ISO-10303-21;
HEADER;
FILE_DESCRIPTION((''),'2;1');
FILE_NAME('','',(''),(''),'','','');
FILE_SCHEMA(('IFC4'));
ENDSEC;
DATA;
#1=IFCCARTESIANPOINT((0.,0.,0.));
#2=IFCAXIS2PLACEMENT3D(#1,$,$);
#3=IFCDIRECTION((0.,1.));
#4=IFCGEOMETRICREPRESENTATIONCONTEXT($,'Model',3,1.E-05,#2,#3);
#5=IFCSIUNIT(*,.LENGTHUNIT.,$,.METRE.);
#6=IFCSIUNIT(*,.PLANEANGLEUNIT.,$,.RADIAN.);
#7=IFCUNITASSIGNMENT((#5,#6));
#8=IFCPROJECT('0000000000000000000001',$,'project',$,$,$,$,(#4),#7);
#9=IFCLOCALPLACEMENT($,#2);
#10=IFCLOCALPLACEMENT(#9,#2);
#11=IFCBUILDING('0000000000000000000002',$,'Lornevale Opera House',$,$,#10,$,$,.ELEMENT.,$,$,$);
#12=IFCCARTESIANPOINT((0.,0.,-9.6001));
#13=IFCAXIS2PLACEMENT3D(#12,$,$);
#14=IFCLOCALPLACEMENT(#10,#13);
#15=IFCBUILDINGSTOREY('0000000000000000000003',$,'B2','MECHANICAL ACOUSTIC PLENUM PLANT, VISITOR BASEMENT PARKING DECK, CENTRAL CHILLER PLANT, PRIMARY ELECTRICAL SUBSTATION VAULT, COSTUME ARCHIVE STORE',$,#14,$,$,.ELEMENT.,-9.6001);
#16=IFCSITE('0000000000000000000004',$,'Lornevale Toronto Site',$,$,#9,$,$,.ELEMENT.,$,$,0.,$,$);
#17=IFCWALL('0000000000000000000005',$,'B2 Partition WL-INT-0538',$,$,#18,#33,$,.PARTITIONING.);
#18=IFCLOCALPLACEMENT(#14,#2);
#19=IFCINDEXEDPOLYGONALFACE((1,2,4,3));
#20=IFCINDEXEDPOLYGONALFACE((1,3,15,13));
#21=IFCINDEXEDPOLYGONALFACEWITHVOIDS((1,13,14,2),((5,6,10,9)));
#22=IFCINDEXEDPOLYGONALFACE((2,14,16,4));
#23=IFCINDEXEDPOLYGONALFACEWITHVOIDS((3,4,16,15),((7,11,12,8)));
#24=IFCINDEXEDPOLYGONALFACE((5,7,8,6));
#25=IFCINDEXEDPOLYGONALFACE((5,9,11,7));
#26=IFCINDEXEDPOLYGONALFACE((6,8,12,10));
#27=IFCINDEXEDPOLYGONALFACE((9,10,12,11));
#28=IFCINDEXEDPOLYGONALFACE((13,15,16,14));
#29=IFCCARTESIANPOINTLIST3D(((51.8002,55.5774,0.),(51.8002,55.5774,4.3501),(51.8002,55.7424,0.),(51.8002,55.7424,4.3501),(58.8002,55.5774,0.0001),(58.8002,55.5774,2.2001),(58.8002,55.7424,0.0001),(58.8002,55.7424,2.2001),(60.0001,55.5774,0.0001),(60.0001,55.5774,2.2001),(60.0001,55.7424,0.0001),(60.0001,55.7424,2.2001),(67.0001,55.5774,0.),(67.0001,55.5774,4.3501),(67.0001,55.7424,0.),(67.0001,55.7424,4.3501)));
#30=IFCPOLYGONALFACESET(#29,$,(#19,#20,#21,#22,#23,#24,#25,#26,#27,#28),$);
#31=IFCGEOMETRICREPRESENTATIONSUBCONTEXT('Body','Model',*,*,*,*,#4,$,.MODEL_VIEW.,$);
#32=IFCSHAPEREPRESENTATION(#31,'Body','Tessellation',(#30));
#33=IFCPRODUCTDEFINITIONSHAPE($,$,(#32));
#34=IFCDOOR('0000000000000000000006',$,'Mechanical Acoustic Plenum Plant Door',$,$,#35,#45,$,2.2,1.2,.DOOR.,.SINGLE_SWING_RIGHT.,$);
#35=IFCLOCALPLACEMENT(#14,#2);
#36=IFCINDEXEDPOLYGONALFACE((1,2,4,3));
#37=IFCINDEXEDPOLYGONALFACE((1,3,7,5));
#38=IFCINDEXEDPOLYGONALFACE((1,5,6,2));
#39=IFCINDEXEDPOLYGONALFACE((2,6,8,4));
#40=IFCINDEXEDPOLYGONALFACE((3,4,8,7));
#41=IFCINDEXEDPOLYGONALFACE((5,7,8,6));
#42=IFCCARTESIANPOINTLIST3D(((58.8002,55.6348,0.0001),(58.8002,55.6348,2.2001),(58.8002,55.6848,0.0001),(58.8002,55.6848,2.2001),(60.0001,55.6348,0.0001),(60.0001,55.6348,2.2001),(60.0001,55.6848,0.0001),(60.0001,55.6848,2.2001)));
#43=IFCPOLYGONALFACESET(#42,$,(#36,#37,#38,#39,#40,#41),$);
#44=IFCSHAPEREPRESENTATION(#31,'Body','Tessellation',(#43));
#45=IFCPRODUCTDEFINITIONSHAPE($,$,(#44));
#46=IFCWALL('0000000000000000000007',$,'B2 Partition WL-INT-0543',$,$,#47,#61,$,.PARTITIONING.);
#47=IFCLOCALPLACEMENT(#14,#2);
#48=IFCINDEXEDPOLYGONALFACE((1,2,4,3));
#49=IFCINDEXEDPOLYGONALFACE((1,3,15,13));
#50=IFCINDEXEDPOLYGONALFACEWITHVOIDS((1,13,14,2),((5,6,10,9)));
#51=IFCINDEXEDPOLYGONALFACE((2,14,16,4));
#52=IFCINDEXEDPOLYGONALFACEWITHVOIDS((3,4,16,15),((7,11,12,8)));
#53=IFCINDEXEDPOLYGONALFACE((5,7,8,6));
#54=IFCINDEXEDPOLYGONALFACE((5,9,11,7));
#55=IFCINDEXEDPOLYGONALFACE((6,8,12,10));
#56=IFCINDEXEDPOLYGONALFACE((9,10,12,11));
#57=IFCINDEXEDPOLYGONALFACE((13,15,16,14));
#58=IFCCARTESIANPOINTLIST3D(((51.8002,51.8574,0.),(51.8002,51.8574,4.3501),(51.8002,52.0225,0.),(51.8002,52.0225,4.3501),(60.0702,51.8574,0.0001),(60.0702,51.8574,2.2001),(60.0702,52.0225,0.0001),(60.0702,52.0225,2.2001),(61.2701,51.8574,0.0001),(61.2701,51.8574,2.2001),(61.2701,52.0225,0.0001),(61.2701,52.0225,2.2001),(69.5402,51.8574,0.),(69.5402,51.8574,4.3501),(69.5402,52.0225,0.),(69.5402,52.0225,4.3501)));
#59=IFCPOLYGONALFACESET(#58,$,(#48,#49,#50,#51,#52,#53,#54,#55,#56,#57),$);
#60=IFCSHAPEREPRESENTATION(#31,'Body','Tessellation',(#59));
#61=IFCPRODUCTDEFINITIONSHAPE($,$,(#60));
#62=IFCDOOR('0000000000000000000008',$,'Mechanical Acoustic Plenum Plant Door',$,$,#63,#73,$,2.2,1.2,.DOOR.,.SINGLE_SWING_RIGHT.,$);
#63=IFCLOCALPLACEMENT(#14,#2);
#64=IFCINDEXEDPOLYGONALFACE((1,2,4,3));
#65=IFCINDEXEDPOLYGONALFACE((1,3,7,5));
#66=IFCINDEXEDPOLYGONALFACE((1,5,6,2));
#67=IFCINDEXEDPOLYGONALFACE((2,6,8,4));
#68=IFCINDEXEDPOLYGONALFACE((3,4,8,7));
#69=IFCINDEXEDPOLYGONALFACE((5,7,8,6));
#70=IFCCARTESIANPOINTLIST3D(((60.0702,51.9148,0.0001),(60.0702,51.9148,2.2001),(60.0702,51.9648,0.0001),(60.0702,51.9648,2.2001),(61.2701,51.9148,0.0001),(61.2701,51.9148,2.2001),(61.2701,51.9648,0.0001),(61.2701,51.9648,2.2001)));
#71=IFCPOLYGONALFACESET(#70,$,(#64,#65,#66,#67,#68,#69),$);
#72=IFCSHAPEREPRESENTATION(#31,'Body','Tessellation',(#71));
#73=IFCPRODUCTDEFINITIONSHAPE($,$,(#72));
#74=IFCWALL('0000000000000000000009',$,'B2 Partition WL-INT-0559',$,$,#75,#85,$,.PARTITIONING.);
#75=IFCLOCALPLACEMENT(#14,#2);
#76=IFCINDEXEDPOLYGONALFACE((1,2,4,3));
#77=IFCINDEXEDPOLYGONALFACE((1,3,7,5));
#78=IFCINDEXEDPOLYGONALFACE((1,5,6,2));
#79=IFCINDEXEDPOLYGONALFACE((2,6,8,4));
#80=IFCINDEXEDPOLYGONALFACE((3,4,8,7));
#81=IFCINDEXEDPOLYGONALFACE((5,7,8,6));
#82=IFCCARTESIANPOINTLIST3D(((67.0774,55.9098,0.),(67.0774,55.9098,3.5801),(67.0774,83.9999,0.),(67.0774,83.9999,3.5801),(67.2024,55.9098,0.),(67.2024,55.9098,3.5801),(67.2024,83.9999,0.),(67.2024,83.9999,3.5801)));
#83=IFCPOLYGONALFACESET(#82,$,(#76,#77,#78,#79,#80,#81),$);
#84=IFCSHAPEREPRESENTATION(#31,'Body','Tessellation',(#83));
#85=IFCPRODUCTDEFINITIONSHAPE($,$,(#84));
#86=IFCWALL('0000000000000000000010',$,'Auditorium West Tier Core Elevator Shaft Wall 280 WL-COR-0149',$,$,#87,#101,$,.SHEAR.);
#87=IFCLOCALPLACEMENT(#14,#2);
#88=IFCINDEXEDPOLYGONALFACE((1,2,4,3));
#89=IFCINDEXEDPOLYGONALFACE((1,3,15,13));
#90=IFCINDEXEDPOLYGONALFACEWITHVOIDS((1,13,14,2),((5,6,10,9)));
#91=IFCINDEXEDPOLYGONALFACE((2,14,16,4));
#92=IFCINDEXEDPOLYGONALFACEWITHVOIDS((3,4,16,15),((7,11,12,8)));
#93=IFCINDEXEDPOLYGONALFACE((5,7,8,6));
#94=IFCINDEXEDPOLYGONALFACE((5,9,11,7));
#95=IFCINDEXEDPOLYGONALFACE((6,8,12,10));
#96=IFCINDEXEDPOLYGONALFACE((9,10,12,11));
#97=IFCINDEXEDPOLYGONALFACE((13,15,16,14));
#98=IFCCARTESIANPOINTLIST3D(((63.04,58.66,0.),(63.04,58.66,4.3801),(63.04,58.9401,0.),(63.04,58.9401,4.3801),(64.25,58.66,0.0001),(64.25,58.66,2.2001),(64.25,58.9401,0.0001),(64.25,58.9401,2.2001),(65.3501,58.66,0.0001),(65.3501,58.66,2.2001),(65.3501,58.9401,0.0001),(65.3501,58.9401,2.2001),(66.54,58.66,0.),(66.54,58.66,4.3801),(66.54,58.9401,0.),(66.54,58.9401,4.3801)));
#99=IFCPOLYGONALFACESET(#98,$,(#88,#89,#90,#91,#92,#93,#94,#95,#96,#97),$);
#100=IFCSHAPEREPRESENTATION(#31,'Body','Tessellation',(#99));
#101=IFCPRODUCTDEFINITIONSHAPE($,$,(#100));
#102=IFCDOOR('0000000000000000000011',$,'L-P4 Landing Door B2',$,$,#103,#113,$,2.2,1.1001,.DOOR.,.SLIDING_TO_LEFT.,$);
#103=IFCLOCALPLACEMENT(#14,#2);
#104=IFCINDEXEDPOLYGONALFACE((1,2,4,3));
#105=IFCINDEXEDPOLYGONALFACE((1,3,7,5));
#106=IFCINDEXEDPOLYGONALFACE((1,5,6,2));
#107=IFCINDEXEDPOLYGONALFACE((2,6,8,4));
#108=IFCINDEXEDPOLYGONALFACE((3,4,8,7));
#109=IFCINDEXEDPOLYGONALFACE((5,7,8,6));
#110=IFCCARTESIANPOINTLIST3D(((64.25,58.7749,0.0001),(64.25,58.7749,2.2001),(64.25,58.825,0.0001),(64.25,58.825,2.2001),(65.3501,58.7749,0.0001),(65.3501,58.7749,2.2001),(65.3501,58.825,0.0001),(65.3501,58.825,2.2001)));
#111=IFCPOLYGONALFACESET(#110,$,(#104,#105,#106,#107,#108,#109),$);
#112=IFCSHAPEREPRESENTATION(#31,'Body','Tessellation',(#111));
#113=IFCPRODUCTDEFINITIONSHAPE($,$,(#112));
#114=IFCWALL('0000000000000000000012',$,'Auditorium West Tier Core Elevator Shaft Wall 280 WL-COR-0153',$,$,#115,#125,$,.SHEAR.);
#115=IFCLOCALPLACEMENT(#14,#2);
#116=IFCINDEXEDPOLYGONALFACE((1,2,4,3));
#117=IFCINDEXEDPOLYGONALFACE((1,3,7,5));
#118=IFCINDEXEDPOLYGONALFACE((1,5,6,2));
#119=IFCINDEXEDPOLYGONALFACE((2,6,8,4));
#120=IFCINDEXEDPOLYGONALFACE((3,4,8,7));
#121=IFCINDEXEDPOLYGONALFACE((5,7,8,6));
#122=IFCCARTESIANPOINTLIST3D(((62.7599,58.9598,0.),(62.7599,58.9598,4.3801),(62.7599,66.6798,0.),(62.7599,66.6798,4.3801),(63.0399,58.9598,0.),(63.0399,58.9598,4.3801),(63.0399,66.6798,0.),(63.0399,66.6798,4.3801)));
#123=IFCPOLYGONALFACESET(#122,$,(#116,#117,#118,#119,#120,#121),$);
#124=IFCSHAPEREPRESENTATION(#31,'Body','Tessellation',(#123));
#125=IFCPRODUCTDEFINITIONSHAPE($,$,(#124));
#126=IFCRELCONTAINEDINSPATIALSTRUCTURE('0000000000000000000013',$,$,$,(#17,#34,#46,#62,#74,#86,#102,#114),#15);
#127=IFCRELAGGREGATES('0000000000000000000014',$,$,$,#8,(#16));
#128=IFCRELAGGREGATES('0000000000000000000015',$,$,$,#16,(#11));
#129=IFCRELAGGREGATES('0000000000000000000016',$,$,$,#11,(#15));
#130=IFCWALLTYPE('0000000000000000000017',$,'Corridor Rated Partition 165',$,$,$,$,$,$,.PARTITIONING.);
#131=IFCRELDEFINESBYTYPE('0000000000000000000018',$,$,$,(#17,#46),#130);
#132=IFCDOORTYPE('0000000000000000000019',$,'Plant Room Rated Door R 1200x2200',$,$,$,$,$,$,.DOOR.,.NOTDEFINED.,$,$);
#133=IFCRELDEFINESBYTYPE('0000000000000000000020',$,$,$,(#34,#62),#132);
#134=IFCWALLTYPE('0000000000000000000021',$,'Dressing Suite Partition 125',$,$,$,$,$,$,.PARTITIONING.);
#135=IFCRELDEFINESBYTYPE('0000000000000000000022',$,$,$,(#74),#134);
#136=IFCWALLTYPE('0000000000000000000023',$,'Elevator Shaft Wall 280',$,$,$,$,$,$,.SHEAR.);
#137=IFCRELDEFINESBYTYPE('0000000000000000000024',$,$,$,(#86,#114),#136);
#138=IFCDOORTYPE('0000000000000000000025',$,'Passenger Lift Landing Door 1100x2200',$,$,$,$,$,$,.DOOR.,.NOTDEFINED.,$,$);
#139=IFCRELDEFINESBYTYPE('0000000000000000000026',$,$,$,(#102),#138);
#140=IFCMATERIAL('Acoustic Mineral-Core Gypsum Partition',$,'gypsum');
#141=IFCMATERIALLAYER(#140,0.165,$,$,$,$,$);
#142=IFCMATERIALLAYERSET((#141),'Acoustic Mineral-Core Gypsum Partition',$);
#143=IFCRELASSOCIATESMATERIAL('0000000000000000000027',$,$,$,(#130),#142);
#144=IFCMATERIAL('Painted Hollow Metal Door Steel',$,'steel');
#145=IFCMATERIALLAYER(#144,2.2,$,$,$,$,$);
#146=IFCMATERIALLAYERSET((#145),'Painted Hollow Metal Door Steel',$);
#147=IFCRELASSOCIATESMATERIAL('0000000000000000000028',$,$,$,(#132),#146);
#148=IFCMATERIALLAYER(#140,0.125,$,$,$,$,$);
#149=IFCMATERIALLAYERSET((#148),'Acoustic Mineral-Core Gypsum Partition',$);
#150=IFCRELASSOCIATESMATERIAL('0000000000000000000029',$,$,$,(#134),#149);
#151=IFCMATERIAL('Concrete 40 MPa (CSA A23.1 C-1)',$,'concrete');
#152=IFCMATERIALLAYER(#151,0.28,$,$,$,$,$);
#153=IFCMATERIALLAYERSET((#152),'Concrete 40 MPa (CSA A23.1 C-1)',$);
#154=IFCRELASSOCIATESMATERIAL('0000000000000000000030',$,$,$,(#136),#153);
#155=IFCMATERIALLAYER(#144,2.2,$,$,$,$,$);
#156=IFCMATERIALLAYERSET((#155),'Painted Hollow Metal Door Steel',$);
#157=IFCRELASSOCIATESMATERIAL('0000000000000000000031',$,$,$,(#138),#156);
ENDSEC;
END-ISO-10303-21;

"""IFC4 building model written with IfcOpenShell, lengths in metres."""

from ifc_helpers import new_model, si_unit, direction, frame, frame_2d, origin, place, context, subcontext, project, spatial, rectangle, extrude, material, layer, layer_set, type_object, element, fill, save


model = new_model("IFC4")

# Units and contexts
model_context = context("Model", 3, precision=1e-05, world=origin(), true_north=direction((0.0, 1.0)))
body_context = subcontext(model_context, "Body", "Model", "MODEL_VIEW")
ifc_project = project(units=[si_unit("LENGTHUNIT", "METRE"), si_unit("PLANEANGLEUNIT", "RADIAN")], contexts=[model_context])

# Site, building, storey
site_placement = place(None, origin())
site = spatial("IfcSite", under=ifc_project, at=site_placement, Name="Lornevale Toronto Site", CompositionType="ELEMENT", RefElevation=0.0)
building_placement = place(site_placement, origin())
building = spatial("IfcBuilding", under=site, at=building_placement, Name="Lornevale Opera House", CompositionType="ELEMENT")
storey_placement = place(building_placement, frame((0.0, 0.0, -9.6001)))
storey = spatial("IfcBuildingStorey", under=building, at=storey_placement, Name="B2", Description="MECHANICAL ACOUSTIC PLENUM PLANT, VISITOR BASEMENT PARKING DECK, CENTRAL CHILLER PLANT, PRIMARY ELECTRICAL SUBSTATION VAULT, COSTUME ARCHIVE STORE", CompositionType="ELEMENT", Elevation=-9.6001)

# Shared definitions
ifc_material_1 = material(Name="Concrete 40 MPa (CSA A23.1 C-1)", Category="concrete")

# Shared definitions
ifc_material_2 = material(Name="Acoustic Mineral-Core Gypsum Partition", Category="gypsum")
ifc_layer_1 = layer(ifc_material_2, 0.165)
ifc_layer_set_1 = layer_set([ifc_layer_1], Name="Acoustic Mineral-Core Gypsum Partition")
wall_type_1 = type_object("IfcWallType", Name="Corridor Rated Partition 165", PredefinedType="PARTITIONING", material=ifc_layer_set_1)

# Walls, openings, doors
wall_1_placement = place(storey_placement, frame((51.8, 55.6599, 0.0), z_axis=(0.0, 0.0, 1.0), x_axis=(1.0, 0.0, 0.0)))
wall_1 = element("IfcWall", 1, at=wall_1_placement, inside=storey, type_object=wall_type_1, Name="B2 Partition WL-INT-0538", PredefinedType="PARTITIONING", context=body_context, shape_type="SweptSolid", body=[
    extrude(rectangle(XDim=15.2, YDim=0.165, at=frame_2d((7.6001, 0.0))), origin(), (0.0, 0.0, 1.0), 4.3501),
])
opening_1_placement = place(wall_1_placement, frame((7.0, 0.0, 0.0)))
opening_1 = element("IfcOpeningElement", 2, at=opening_1_placement, cuts=wall_1, PredefinedType="OPENING", context=body_context, shape_type="SweptSolid", body=[
    extrude(rectangle(XDim=1.2, YDim=2.2, at=frame_2d((0.6001, 1.1001))), frame((0.0, 0.0925, 0.0), z_axis=(0.0, -1.0, 0.0), x_axis=(1.0, 0.0, 0.0)), (0.0, 0.0, 1.0), 0.1851),
])
ifc_material_3 = material(Name="Painted Hollow Metal Door Steel", Category="steel")
ifc_layer_2 = layer(ifc_material_3, 2.2)
ifc_layer_set_2 = layer_set([ifc_layer_2], Name="Painted Hollow Metal Door Steel")
door_type_1 = type_object("IfcDoorType", Name="Plant Room Rated Door R 1200x2200", OperationType="NOTDEFINED", PredefinedType="DOOR", material=ifc_layer_set_2)
door_1_placement = place(opening_1_placement, origin())
door_1 = element("IfcDoor", 3, at=door_1_placement, inside=storey, type_object=door_type_1, Name="Mechanical Acoustic Plenum Plant Door", OperationType="SINGLE_SWING_RIGHT", OverallHeight=2.2, OverallWidth=1.2, PredefinedType="DOOR", context=body_context, shape_type="SweptSolid", body=[
    extrude(rectangle(XDim=1.2, YDim=2.2, at=frame_2d((0.6001, 1.1001))), frame((0.0, 0.0249, 0.0), z_axis=(0.0, -1.0, 0.0), x_axis=(1.0, 0.0, 0.0)), (0.0, 0.0, 1.0), 0.05),
])
fill(opening_1, door_1)
wall_2_placement = place(storey_placement, frame((51.8, 51.9399, 0.0), z_axis=(0.0, 0.0, 1.0), x_axis=(1.0, 0.0, 0.0)))
wall_2 = element("IfcWall", 4, at=wall_2_placement, inside=storey, type_object=wall_type_1, Name="B2 Partition WL-INT-0543", PredefinedType="PARTITIONING", context=body_context, shape_type="SweptSolid", body=[
    extrude(rectangle(XDim=17.74, YDim=0.165, at=frame_2d((8.8701, 0.0))), origin(), (0.0, 0.0, 1.0), 4.3501),
])
opening_2_placement = place(wall_2_placement, frame((8.27, 0.0, 0.0)))
opening_2 = element("IfcOpeningElement", 5, at=opening_2_placement, cuts=wall_2, PredefinedType="OPENING", context=body_context, shape_type="SweptSolid", body=[
    extrude(rectangle(XDim=1.2, YDim=2.2, at=frame_2d((0.6001, 1.1001))), frame((0.0, 0.0925, 0.0), z_axis=(0.0, -1.0, 0.0), x_axis=(1.0, 0.0, 0.0)), (0.0, 0.0, 1.0), 0.1851),
])
door_2_placement = place(opening_2_placement, origin())
door_2 = element("IfcDoor", 6, at=door_2_placement, inside=storey, type_object=door_type_1, Name="Mechanical Acoustic Plenum Plant Door", OperationType="SINGLE_SWING_RIGHT", OverallHeight=2.2, OverallWidth=1.2, PredefinedType="DOOR", context=body_context, shape_type="SweptSolid", body=[
    extrude(rectangle(XDim=1.2, YDim=2.2, at=frame_2d((0.6001, 1.1001))), frame((0.0, 0.0249, 0.0), z_axis=(0.0, -1.0, 0.0), x_axis=(1.0, 0.0, 0.0)), (0.0, 0.0, 1.0), 0.05),
])
fill(opening_2, door_2)

# Wall
ifc_layer_3 = layer(ifc_material_2, 0.125)
ifc_layer_set_3 = layer_set([ifc_layer_3], Name="Acoustic Mineral-Core Gypsum Partition")
wall_type_2 = type_object("IfcWallType", Name="Dressing Suite Partition 125", PredefinedType="PARTITIONING", material=ifc_layer_set_3)
wall_3_placement = place(storey_placement, frame((67.1399, 55.9099, 0.0), z_axis=(0.0, 0.0, 1.0), x_axis=(0.0, 1.0, 0.0)))
element("IfcWall", 7, at=wall_3_placement, inside=storey, type_object=wall_type_2, Name="B2 Partition WL-INT-0559", PredefinedType="PARTITIONING", context=body_context, shape_type="SweptSolid", body=[
    extrude(rectangle(XDim=28.0901, YDim=0.125, at=frame_2d((14.0449, 0.0))), origin(), (0.0, 0.0, 1.0), 3.5801),
])

# Wall, opening, door
ifc_layer_4 = layer(ifc_material_1, 0.28)
ifc_layer_set_4 = layer_set([ifc_layer_4], Name="Concrete 40 MPa (CSA A23.1 C-1)")
wall_type_3 = type_object("IfcWallType", Name="Elevator Shaft Wall 280", PredefinedType="SHEAR", material=ifc_layer_set_4)
wall_4_placement = place(storey_placement, frame((63.04, 58.8, 0.0), z_axis=(0.0, 0.0, 1.0), x_axis=(1.0, 0.0, 0.0)))
wall_4 = element("IfcWall", 8, at=wall_4_placement, inside=storey, type_object=wall_type_3, Name="Auditorium West Tier Core Elevator Shaft Wall 280 WL-COR-0149", PredefinedType="SHEAR", context=body_context, shape_type="SweptSolid", body=[
    extrude(rectangle(XDim=3.5, YDim=0.28, at=frame_2d((1.75, 0.0))), origin(), (0.0, 0.0, 1.0), 4.3801),
])
opening_3_placement = place(wall_4_placement, frame((1.21, 0.0, 0.0)))
opening_3 = element("IfcOpeningElement", 9, at=opening_3_placement, cuts=wall_4, PredefinedType="OPENING", context=body_context, shape_type="SweptSolid", body=[
    extrude(rectangle(XDim=1.1001, YDim=2.2, at=frame_2d((0.55, 1.1001))), frame((0.0, 0.1499, 0.0), z_axis=(0.0, -1.0, 0.0), x_axis=(1.0, 0.0, 0.0)), (0.0, 0.0, 1.0), 0.3),
])
ifc_layer_5 = layer(ifc_material_3, 2.2)
ifc_layer_set_5 = layer_set([ifc_layer_5], Name="Painted Hollow Metal Door Steel")
door_type_2 = type_object("IfcDoorType", Name="Passenger Lift Landing Door 1100x2200", OperationType="NOTDEFINED", PredefinedType="DOOR", material=ifc_layer_set_5)
door_3_placement = place(opening_3_placement, origin())
door_3 = element("IfcDoor", 10, at=door_3_placement, inside=storey, type_object=door_type_2, Name="L-P4 Landing Door B2", OperationType="SLIDING_TO_LEFT", OverallHeight=2.2, OverallWidth=1.1001, PredefinedType="DOOR", context=body_context, shape_type="SweptSolid", body=[
    extrude(rectangle(XDim=1.1001, YDim=2.2, at=frame_2d((0.55, 1.1001))), frame((0.0, 0.0249, 0.0), z_axis=(0.0, -1.0, 0.0), x_axis=(1.0, 0.0, 0.0)), (0.0, 0.0, 1.0), 0.05),
])
fill(opening_3, door_3)

# Wall
wall_5_placement = place(storey_placement, frame((62.8999, 58.96, 0.0), z_axis=(0.0, 0.0, 1.0), x_axis=(0.0, 1.0, 0.0)))
element("IfcWall", 11, at=wall_5_placement, inside=storey, type_object=wall_type_3, Name="Auditorium West Tier Core Elevator Shaft Wall 280 WL-COR-0153", PredefinedType="SHEAR", context=body_context, shape_type="SweptSolid", body=[
    extrude(rectangle(XDim=7.72, YDim=0.28, at=frame_2d((3.8599, 0.0))), origin(), (0.0, 0.0, 1.0), 4.3801),
])

save(model, "model.ifc")
